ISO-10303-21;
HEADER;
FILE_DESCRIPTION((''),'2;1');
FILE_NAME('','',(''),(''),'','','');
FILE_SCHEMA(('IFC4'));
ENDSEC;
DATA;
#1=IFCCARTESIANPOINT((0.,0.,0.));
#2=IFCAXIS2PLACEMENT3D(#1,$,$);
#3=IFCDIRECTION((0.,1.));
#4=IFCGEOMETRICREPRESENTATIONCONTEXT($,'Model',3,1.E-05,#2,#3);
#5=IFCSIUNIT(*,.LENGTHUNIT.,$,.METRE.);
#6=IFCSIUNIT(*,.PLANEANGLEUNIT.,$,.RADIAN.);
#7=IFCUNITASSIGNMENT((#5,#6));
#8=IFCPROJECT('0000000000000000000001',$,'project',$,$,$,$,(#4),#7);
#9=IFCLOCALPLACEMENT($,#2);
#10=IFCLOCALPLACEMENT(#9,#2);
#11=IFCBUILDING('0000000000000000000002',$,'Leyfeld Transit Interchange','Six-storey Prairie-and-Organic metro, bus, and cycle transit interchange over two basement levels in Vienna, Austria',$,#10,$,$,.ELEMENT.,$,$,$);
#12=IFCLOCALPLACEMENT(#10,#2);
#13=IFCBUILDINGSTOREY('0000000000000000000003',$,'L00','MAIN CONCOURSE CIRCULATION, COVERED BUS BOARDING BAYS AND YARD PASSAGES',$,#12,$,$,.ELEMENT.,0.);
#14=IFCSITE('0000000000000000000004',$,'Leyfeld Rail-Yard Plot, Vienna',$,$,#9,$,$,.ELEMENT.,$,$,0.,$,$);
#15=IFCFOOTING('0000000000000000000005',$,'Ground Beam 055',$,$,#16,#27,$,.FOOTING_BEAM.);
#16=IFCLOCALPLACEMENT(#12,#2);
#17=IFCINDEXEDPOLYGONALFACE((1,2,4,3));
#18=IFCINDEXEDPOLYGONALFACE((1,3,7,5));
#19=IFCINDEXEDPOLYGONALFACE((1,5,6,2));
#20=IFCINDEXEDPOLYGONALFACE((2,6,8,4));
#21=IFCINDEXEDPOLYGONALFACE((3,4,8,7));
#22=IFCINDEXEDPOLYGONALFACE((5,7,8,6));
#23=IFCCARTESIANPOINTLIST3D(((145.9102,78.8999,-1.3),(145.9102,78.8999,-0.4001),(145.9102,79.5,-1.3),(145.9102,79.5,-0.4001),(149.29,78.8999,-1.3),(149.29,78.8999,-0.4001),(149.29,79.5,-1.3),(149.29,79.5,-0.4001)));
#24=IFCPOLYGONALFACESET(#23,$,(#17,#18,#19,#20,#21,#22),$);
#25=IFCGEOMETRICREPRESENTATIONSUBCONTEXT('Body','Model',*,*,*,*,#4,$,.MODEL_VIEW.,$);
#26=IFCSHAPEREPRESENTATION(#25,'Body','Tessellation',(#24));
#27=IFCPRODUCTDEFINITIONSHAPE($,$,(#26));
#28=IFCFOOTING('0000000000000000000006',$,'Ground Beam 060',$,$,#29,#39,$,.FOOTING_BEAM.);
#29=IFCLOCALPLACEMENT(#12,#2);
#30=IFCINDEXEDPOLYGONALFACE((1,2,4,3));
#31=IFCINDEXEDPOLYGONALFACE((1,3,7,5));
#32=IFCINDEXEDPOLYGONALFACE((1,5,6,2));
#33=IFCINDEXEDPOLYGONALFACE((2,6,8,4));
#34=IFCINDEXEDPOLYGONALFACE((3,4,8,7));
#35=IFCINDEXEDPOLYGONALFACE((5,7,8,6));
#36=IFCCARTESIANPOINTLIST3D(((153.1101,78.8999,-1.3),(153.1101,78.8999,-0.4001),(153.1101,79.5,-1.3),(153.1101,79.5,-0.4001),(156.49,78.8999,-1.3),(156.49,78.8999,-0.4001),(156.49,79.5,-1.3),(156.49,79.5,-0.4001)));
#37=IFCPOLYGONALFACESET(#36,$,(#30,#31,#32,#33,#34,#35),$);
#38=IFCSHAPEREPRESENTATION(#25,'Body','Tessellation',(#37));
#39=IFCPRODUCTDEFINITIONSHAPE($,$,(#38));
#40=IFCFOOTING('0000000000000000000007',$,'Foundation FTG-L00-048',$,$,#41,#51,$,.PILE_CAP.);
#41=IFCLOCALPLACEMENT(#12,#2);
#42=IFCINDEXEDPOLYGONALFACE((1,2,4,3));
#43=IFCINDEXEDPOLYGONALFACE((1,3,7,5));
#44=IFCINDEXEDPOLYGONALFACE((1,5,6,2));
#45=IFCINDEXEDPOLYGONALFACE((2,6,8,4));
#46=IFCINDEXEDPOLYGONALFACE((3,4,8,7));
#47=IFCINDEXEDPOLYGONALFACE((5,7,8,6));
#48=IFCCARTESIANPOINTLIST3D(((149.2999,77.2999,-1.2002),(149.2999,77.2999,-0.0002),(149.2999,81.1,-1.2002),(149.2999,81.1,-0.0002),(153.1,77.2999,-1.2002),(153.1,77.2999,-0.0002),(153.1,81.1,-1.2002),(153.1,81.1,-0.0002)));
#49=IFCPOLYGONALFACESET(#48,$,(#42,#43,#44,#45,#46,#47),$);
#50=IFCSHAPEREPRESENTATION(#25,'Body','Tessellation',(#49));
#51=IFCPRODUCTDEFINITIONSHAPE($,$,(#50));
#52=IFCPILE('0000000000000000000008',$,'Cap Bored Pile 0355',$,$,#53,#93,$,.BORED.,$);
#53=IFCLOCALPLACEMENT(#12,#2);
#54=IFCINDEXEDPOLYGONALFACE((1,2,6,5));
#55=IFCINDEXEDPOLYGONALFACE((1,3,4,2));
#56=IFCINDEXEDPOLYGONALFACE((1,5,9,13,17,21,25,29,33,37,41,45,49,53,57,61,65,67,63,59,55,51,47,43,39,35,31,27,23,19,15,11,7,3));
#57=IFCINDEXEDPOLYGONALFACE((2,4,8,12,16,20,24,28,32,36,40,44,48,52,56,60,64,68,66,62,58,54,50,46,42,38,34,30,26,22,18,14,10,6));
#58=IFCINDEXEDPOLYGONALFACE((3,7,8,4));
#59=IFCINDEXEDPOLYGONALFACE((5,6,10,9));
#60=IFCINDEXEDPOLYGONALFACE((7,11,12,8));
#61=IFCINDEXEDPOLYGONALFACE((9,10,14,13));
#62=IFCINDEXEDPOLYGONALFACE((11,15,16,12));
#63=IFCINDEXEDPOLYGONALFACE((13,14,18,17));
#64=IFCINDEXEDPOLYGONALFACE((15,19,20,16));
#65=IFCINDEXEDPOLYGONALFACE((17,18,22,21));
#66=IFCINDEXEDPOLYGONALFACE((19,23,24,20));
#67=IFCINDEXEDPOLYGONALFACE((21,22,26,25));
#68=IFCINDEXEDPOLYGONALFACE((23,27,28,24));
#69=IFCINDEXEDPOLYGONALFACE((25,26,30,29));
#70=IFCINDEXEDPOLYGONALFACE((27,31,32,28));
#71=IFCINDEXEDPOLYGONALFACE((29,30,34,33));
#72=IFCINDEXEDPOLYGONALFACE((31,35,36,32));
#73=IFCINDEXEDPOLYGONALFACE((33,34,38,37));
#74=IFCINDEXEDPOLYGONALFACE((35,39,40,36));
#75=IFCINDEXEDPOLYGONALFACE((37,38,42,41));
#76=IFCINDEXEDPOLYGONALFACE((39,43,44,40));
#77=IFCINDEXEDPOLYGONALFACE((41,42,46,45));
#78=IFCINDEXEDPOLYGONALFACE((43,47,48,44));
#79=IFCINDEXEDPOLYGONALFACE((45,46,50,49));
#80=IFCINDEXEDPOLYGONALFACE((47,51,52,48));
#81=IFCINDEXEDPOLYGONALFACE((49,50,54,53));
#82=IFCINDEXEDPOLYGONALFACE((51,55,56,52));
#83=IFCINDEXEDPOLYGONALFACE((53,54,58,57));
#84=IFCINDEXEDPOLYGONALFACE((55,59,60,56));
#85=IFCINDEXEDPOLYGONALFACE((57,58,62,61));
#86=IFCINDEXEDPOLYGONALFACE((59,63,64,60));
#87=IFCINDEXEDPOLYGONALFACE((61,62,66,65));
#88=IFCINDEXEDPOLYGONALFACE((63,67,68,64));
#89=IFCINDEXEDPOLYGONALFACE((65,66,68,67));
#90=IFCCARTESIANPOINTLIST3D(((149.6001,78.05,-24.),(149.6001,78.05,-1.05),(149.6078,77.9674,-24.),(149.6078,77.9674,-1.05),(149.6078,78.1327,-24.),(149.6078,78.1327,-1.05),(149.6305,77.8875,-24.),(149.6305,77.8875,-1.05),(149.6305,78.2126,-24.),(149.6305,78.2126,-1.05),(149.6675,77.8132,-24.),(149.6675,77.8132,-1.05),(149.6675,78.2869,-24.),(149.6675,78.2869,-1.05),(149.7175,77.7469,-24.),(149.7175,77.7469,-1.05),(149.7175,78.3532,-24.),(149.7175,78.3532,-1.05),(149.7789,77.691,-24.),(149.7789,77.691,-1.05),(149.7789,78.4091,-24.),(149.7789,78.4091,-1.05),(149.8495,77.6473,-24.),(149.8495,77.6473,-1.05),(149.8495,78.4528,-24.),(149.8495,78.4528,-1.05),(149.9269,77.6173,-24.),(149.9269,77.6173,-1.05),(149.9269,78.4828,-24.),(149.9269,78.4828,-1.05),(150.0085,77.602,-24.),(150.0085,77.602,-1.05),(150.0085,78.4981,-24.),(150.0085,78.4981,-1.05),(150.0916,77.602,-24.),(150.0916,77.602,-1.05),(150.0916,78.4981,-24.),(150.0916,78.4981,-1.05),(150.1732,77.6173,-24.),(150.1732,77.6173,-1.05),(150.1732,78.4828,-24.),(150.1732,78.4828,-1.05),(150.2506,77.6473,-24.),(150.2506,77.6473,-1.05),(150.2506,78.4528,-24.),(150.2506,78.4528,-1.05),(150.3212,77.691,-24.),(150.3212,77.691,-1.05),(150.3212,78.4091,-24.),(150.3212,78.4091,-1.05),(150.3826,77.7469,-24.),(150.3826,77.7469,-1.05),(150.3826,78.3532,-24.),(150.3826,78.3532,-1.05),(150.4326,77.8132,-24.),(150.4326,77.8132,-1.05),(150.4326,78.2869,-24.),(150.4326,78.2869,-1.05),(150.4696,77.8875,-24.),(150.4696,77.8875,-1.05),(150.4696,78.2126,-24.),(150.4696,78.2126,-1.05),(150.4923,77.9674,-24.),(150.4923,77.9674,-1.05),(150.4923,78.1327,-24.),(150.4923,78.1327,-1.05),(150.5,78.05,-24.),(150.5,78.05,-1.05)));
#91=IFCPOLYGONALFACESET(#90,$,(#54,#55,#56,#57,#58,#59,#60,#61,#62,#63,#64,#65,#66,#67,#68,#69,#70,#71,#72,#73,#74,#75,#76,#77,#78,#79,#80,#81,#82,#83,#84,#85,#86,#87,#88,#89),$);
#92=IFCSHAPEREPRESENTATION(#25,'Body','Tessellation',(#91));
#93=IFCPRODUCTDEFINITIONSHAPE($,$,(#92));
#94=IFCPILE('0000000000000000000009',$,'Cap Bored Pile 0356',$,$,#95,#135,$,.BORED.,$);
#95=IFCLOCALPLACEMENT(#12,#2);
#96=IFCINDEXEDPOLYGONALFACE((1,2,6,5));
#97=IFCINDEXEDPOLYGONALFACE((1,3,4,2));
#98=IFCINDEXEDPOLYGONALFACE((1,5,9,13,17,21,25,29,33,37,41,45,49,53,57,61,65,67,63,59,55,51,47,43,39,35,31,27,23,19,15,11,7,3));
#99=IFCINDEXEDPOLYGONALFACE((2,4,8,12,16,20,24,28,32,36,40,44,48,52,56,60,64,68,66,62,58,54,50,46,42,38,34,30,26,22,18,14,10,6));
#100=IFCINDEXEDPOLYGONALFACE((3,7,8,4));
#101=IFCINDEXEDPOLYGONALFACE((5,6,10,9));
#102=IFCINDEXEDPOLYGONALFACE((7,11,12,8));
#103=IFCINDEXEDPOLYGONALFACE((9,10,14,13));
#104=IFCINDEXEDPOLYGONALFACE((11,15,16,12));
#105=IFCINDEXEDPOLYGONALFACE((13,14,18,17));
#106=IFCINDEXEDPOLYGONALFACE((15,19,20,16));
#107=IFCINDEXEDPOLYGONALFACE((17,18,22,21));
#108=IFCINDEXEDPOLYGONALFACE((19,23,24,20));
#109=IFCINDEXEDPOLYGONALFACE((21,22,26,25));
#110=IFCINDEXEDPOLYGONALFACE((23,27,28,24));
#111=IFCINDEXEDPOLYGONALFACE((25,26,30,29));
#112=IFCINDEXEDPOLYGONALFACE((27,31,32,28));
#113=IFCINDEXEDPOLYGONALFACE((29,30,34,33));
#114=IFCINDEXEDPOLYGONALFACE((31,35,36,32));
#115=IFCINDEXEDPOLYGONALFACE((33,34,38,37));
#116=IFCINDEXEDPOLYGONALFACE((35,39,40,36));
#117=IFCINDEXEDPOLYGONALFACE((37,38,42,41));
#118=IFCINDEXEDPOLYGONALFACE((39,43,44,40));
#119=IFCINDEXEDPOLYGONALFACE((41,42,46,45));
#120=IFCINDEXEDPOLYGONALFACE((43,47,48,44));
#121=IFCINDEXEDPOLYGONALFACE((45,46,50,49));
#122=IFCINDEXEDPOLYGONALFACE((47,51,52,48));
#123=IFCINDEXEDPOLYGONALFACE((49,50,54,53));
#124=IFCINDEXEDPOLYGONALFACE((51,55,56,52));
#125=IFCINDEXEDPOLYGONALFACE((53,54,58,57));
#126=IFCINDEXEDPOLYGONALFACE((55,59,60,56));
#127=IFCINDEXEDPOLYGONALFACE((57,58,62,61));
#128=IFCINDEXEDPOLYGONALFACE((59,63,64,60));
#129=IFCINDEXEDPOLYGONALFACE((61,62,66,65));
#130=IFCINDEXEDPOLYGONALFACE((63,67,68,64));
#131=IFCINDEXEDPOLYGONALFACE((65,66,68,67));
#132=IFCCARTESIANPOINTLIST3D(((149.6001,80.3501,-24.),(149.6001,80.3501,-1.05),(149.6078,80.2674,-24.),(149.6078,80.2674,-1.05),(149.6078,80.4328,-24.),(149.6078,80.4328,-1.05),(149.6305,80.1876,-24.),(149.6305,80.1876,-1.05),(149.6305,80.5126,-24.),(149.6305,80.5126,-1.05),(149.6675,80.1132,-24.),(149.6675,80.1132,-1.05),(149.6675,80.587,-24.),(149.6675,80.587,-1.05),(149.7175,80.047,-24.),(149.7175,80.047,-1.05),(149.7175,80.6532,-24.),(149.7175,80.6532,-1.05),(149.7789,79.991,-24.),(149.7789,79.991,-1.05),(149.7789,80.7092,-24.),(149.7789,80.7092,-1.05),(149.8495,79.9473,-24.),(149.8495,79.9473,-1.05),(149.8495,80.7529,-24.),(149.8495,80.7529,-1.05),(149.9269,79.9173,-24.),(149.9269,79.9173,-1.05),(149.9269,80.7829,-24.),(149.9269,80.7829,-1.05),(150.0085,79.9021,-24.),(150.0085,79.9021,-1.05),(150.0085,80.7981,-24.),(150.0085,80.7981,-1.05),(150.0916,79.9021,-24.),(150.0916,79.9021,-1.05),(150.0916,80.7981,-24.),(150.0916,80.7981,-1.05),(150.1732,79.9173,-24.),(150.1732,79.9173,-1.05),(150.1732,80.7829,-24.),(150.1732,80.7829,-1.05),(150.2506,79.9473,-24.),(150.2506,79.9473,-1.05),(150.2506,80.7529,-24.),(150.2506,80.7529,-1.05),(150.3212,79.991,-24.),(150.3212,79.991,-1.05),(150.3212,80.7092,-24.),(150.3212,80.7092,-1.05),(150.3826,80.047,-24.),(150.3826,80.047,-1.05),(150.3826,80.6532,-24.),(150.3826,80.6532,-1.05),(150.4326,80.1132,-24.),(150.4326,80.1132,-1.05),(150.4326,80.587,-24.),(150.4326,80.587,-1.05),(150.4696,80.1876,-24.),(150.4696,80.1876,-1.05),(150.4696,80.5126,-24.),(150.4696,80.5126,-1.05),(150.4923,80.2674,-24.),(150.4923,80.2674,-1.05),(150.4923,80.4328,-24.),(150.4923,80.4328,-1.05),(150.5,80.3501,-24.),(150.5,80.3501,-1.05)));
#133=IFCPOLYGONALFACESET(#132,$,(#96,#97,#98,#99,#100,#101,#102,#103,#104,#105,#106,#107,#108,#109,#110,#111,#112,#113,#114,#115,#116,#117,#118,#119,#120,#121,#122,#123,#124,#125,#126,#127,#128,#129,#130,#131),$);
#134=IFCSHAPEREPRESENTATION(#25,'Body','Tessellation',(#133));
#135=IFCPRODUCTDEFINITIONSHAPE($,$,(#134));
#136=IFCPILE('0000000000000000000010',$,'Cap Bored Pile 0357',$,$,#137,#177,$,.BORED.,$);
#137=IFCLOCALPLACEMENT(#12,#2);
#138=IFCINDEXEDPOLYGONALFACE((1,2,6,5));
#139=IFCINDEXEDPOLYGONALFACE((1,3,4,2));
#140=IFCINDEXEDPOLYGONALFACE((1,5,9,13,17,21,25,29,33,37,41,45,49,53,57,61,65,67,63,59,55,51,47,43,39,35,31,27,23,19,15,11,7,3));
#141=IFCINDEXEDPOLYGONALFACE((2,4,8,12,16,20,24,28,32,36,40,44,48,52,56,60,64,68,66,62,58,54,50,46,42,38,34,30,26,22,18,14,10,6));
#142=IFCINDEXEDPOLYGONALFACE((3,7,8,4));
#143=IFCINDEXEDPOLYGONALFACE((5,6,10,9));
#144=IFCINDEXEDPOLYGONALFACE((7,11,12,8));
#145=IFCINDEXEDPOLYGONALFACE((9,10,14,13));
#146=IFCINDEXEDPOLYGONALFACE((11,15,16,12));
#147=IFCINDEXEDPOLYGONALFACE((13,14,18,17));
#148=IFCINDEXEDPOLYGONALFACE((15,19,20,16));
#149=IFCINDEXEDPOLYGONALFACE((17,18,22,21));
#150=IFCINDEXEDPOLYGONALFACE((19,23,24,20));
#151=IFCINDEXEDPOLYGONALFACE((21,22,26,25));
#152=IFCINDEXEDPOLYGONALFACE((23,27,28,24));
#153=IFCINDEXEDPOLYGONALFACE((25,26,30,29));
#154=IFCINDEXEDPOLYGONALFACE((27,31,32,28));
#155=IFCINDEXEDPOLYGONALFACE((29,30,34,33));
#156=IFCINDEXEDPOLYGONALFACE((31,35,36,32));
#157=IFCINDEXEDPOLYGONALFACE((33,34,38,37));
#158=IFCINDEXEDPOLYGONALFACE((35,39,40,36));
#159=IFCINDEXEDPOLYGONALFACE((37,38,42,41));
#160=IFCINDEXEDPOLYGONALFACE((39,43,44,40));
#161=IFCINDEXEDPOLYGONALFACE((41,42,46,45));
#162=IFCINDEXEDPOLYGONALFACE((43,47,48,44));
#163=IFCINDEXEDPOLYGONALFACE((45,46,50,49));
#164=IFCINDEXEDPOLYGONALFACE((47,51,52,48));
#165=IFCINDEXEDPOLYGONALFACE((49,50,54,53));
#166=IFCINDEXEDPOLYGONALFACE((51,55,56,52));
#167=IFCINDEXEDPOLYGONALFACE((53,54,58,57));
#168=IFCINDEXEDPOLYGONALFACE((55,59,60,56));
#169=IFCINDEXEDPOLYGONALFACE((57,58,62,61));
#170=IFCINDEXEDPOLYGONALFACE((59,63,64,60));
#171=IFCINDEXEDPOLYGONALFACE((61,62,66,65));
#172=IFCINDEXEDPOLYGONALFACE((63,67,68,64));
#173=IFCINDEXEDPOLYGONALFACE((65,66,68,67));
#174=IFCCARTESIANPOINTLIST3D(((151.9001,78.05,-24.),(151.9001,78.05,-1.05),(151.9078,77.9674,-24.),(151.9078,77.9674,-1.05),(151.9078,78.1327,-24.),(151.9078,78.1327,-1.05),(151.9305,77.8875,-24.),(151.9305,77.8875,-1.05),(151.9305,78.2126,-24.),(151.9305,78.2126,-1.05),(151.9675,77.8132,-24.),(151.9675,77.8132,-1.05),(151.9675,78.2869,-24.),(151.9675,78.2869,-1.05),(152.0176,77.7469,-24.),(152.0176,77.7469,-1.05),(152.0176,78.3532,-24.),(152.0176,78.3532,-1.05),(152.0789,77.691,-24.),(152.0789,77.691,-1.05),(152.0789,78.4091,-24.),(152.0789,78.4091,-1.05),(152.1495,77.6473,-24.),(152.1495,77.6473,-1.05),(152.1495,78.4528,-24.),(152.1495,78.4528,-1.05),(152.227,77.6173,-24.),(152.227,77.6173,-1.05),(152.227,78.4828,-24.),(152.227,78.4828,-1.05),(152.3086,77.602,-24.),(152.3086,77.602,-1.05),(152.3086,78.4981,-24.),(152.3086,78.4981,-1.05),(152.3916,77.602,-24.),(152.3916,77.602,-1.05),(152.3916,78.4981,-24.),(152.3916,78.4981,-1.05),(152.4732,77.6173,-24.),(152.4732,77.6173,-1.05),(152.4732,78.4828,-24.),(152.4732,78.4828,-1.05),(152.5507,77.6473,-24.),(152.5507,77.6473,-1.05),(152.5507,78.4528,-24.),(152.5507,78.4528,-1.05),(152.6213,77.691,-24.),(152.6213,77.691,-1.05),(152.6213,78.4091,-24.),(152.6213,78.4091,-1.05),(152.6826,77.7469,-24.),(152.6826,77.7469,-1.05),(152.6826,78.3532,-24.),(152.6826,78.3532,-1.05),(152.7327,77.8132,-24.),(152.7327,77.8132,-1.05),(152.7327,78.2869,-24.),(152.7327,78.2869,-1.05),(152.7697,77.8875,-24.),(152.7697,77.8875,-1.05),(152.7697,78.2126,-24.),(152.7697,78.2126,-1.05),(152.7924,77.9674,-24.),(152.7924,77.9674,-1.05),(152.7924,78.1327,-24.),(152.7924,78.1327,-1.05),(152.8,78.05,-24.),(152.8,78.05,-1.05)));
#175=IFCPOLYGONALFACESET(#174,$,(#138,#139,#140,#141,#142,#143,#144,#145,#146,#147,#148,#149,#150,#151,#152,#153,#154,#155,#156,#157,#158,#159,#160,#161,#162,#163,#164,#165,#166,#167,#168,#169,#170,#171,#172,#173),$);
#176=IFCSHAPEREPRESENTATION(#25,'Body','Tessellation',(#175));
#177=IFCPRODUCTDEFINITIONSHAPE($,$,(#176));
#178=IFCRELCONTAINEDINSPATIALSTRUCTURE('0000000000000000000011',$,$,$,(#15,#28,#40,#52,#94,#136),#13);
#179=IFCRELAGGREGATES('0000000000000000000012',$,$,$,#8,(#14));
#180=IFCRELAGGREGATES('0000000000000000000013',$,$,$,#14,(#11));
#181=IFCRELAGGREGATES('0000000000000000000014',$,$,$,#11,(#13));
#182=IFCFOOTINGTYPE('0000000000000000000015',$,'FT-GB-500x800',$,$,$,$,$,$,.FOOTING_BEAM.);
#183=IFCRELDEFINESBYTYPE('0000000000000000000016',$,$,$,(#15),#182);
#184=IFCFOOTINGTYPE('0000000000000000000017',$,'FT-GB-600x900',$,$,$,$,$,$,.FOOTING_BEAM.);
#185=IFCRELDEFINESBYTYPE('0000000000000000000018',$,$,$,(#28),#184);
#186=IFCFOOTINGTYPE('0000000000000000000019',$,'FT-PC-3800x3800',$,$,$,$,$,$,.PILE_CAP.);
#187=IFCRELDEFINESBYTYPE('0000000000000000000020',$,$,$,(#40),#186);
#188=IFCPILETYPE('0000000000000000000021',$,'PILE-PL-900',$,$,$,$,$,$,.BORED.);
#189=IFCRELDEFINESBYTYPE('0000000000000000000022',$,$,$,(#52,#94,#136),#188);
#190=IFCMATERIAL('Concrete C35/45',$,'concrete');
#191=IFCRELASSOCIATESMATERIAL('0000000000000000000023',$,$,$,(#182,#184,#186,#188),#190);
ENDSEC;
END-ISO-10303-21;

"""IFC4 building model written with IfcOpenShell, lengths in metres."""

from ifc_helpers import new_model, si_unit, direction, frame, origin, origin_2d, place, context, subcontext, project, spatial, rectangle, circle, extrude, material, material_profile, profile_set, type_object, element, save


model = new_model("IFC4")

# Units and contexts
model_context = context("Model", 3, precision=1e-05, world=origin(), true_north=direction((0.0, 1.0)))
body_context = subcontext(model_context, "Body", "Model", "MODEL_VIEW")
ifc_project = project(units=[si_unit("LENGTHUNIT", "METRE"), si_unit("PLANEANGLEUNIT", "RADIAN")], contexts=[model_context])

# Site, building, storey
site_placement = place(None, origin())
site = spatial("IfcSite", under=ifc_project, at=site_placement, Name="Leyfeld Rail-Yard Plot, Vienna", CompositionType="ELEMENT", RefElevation=0.0)
building_placement = place(site_placement, origin())
building = spatial("IfcBuilding", under=site, at=building_placement, Name="Leyfeld Transit Interchange", Description="Six-storey Prairie-and-Organic metro, bus, and cycle transit interchange over two basement levels in Vienna, Austria", CompositionType="ELEMENT")
storey_placement = place(building_placement, origin())
storey = spatial("IfcBuildingStorey", under=building, at=storey_placement, Name="L00", Description="MAIN CONCOURSE CIRCULATION, COVERED BUS BOARDING BAYS AND YARD PASSAGES", CompositionType="ELEMENT", Elevation=0.0)

# Footings
ifc_material_1 = material(Name="Concrete C35/45", Category="concrete")
footing_type_1 = type_object("IfcFootingType", Name="FT-GB-500x800", PredefinedType="FOOTING_BEAM", material=ifc_material_1)
footing_1_placement = place(storey_placement, frame((147.6001, 79.2, -1.3), z_axis=(0.0, 0.0, 1.0), x_axis=(1.0, 0.0, 0.0)))
element("IfcFooting", 1, at=footing_1_placement, inside=storey, type_object=footing_type_1, Name="Ground Beam 055", PredefinedType="FOOTING_BEAM", context=body_context, shape_type="SweptSolid", body=[
    extrude(rectangle(XDim=3.3799, YDim=0.6001, at=origin_2d()), origin(), (0.0, 0.0, 1.0), 0.8999),
])
footing_type_2 = type_object("IfcFootingType", Name="FT-GB-600x900", PredefinedType="FOOTING_BEAM", material=ifc_material_1)
footing_2_placement = place(storey_placement, frame((154.8, 79.2, -1.3), z_axis=(0.0, 0.0, 1.0), x_axis=(1.0, 0.0, 0.0)))
element("IfcFooting", 2, at=footing_2_placement, inside=storey, type_object=footing_type_2, Name="Ground Beam 060", PredefinedType="FOOTING_BEAM", context=body_context, shape_type="SweptSolid", body=[
    extrude(rectangle(XDim=3.3799, YDim=0.6001, at=origin_2d()), origin(), (0.0, 0.0, 1.0), 0.8999),
])
footing_type_3 = type_object("IfcFootingType", Name="FT-PC-3800x3800", PredefinedType="PILE_CAP", material=ifc_material_1)
footing_3_placement = place(storey_placement, frame((151.2, 79.2, -1.2002), z_axis=(0.0, 0.0, 1.0), x_axis=(1.0, 0.0, 0.0)))
element("IfcFooting", 3, at=footing_3_placement, inside=storey, type_object=footing_type_3, Name="Foundation FTG-L00-048", PredefinedType="PILE_CAP", context=body_context, shape_type="SweptSolid", body=[
    extrude(rectangle(XDim=3.8, YDim=3.8, at=origin_2d()), origin(), (0.0, 0.0, 1.0), 1.2),
])

# Piles
ifc_material_profile_1 = material_profile(ifc_material_1, circle(Radius=0.45, at=origin_2d()), Name="PILE D900")
ifc_profile_set_1 = profile_set([ifc_material_profile_1], Name="Concrete C35/45")
pile_type = type_object("IfcPileType", Name="PILE-PL-900", PredefinedType="BORED", material=ifc_profile_set_1)
for number, where, z_axis, x_axis, name in (
    (4, (150.05, 78.05, -1.05), (0.0, 0.0, -1.0), (1.0, 0.0, 0.0), "Cap Bored Pile 0355"),
    (5, (150.05, 80.3501, -1.05), (0.0, 0.0, -1.0), (1.0, 0.0, 0.0), "Cap Bored Pile 0356"),
    (6, (152.3501, 78.05, -1.05), (0.0, 0.0, -1.0), (1.0, 0.0, 0.0), "Cap Bored Pile 0357"),
):
    element("IfcPile", number, at=place(storey_placement, frame(where, z_axis=z_axis, x_axis=x_axis)), inside=storey, type_object=pile_type, Name=name, PredefinedType="BORED", context=body_context, shape_type="SweptSolid", body=[
        extrude(circle(Radius=0.45, at=origin_2d()), origin(), (0.0, 0.0, 1.0), 22.95),
    ])

save(model, "model.ifc")
